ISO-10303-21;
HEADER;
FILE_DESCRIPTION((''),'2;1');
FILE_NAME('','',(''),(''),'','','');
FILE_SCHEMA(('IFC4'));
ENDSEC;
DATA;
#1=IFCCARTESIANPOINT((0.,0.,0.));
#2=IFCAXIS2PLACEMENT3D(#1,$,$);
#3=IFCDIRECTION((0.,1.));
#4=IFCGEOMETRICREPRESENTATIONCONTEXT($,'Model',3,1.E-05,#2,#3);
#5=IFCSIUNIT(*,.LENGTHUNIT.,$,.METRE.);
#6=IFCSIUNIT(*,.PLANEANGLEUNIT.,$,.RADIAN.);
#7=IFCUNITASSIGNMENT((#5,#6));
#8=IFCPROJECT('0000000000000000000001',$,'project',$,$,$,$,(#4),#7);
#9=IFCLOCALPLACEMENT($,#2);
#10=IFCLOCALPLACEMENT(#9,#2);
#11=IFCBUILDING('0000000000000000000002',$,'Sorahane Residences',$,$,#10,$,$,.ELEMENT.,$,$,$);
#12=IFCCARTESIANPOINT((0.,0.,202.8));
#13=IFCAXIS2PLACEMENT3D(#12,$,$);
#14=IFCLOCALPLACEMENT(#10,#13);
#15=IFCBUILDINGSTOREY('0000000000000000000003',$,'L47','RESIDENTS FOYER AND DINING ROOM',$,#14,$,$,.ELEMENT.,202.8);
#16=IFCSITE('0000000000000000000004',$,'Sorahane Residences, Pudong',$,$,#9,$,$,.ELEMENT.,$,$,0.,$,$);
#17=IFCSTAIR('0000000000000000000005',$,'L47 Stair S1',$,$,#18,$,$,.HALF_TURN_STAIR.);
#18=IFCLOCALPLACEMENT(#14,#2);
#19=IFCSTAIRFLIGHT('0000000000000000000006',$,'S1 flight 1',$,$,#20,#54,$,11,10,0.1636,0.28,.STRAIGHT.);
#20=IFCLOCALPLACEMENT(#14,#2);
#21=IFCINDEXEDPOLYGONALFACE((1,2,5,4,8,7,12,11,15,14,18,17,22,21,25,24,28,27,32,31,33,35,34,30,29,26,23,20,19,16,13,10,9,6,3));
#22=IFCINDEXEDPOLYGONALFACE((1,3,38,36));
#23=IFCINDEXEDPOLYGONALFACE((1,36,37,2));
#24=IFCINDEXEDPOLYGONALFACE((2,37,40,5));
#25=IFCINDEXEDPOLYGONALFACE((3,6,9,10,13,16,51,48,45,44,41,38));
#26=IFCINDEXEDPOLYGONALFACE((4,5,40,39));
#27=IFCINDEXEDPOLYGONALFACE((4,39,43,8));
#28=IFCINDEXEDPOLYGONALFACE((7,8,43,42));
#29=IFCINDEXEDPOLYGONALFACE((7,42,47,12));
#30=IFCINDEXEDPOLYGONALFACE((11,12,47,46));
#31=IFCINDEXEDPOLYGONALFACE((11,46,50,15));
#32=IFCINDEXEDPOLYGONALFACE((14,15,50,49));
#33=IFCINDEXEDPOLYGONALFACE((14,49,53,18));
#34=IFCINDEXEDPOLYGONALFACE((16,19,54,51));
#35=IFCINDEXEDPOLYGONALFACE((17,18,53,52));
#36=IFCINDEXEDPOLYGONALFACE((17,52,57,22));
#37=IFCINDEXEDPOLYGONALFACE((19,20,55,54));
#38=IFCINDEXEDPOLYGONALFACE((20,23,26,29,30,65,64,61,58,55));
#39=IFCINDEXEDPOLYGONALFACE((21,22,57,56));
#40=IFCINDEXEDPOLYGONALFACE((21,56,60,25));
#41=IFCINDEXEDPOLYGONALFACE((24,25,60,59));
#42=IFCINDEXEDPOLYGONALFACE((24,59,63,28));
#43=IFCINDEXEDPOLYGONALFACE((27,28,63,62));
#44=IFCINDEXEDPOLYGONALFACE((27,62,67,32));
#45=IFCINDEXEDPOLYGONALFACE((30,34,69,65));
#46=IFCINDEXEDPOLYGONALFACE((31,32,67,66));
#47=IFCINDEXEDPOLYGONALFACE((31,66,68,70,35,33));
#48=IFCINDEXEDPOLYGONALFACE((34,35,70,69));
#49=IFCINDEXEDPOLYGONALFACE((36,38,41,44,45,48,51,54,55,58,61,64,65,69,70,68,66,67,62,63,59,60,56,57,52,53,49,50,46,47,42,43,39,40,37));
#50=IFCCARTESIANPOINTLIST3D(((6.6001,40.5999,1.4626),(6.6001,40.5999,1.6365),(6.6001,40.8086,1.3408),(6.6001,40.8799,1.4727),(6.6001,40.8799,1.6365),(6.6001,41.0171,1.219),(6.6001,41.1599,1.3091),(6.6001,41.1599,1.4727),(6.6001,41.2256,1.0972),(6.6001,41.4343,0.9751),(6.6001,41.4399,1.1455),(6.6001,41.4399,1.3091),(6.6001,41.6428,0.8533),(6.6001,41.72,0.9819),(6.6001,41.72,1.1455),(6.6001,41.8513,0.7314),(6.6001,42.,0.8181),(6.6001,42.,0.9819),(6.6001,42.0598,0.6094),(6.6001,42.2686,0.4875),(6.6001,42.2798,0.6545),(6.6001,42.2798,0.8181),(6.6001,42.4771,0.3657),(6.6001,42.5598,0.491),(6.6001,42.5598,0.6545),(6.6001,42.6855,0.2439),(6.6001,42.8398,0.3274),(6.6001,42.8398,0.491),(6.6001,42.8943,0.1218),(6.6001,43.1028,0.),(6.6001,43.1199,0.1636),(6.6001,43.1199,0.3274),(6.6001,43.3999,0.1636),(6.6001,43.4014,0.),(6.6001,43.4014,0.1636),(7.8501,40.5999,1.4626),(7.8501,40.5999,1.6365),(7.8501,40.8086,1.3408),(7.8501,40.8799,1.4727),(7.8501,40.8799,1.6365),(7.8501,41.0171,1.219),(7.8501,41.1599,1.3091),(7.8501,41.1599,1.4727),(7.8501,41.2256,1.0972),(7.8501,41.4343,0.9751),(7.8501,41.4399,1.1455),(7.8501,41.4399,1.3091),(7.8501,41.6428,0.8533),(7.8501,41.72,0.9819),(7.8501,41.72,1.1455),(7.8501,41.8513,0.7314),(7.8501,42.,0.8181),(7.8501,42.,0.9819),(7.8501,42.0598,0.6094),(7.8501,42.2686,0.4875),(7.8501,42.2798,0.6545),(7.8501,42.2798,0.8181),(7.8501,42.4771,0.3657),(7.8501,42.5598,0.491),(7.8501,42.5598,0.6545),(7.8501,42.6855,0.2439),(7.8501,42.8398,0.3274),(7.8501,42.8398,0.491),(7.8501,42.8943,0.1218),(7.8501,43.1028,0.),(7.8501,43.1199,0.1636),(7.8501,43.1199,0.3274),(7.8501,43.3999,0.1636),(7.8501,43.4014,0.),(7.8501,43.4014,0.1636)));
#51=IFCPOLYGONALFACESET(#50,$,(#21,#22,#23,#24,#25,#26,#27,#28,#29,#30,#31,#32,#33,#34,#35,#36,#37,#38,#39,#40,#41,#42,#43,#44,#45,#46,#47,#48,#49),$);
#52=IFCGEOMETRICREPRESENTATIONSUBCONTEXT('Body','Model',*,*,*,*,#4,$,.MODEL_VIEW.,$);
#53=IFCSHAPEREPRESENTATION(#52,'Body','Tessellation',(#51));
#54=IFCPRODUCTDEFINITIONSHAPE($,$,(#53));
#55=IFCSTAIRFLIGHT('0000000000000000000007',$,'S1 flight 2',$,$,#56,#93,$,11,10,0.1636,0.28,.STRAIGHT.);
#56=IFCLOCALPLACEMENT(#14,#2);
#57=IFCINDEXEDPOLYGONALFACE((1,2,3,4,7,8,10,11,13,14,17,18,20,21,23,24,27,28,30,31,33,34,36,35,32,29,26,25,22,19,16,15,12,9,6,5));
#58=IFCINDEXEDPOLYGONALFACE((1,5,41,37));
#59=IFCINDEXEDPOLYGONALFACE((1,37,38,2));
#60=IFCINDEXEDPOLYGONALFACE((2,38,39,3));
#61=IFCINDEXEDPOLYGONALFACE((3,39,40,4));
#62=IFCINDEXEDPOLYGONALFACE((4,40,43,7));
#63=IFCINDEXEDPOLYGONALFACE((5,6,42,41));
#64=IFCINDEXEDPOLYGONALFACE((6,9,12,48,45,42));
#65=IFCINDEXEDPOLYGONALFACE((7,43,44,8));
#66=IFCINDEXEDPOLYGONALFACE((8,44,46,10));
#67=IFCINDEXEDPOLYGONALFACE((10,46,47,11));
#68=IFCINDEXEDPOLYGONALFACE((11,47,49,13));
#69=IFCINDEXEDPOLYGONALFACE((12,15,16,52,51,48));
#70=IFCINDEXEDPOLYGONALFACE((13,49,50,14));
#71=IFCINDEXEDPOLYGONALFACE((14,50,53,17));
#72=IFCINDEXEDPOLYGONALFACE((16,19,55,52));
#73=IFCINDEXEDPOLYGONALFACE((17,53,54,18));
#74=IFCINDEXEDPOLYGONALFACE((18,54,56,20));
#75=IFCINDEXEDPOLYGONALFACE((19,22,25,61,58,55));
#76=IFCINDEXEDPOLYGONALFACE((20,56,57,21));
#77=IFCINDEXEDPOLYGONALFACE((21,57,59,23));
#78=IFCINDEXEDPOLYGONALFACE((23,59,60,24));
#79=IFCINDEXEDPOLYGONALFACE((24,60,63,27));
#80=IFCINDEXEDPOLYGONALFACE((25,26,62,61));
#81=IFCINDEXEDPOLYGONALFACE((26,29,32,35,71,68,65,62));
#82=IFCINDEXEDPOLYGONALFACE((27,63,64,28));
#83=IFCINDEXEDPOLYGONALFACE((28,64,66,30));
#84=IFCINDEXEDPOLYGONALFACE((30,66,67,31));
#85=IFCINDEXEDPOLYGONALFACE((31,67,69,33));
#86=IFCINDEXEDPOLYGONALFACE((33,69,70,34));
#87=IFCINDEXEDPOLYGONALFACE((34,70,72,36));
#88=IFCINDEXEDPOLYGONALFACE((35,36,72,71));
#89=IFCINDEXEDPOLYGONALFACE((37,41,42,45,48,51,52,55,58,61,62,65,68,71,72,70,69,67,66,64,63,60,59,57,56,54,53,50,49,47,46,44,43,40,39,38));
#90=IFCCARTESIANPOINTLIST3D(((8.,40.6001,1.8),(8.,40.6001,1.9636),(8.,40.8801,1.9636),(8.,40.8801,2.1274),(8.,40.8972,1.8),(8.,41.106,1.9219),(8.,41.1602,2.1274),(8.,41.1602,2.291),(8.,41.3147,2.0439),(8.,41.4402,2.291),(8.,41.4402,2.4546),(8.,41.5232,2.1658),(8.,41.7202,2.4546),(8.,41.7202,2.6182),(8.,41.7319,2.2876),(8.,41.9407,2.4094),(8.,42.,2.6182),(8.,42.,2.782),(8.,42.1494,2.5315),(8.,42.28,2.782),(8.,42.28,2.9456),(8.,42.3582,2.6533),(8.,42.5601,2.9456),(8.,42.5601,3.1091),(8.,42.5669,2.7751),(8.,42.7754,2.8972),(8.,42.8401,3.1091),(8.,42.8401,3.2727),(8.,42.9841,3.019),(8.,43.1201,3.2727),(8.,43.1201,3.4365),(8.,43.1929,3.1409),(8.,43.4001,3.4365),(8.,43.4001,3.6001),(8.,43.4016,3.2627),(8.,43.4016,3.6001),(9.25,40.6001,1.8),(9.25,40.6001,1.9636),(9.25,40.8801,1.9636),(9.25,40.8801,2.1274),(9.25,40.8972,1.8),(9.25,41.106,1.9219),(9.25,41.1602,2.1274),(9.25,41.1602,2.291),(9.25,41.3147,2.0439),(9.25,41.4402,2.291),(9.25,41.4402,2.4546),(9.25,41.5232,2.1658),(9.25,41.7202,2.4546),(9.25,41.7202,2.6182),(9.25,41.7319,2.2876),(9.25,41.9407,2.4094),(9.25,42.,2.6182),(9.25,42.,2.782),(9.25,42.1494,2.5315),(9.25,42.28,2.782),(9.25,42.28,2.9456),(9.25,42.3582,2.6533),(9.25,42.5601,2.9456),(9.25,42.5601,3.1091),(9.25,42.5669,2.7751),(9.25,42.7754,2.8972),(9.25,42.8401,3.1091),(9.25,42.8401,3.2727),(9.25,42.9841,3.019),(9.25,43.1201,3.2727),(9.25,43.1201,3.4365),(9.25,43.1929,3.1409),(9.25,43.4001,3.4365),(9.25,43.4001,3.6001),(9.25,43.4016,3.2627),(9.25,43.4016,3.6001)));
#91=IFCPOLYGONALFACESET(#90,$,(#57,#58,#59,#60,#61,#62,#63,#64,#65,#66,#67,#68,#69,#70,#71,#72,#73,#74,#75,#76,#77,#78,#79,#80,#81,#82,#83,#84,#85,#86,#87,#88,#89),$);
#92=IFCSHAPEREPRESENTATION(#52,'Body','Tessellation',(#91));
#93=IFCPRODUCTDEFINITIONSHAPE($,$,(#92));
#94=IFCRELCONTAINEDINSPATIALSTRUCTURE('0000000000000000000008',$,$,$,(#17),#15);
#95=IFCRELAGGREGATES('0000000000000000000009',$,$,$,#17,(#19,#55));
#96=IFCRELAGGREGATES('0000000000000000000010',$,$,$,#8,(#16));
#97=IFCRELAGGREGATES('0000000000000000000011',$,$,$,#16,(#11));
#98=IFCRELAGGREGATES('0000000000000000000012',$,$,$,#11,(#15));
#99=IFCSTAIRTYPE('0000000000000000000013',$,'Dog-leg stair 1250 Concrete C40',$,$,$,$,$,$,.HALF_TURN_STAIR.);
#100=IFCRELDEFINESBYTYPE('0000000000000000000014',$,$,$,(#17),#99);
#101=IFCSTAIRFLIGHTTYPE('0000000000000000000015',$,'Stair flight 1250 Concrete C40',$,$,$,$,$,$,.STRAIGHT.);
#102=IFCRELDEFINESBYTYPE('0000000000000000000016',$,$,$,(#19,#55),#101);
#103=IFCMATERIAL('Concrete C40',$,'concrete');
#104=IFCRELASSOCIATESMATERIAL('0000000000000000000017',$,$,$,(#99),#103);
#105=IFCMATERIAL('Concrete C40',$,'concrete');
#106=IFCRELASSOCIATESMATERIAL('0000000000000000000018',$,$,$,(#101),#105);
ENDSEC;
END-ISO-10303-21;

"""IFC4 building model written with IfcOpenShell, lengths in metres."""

from ifc_helpers import new_model, si_unit, direction, frame, origin, place, context, subcontext, project, spatial, polyline, outline, extrude, material, type_object, element, aggregate, save


model = new_model("IFC4")

# Units and contexts
model_context = context("Model", 3, precision=1e-05, world=origin(), true_north=direction((0.0, 1.0)))
body_context = subcontext(model_context, "Body", "Model", "MODEL_VIEW")
ifc_project = project(units=[si_unit("LENGTHUNIT", "METRE"), si_unit("PLANEANGLEUNIT", "RADIAN")], contexts=[model_context])

# Site, building, storey
site_placement = place(None, origin())
site = spatial("IfcSite", under=ifc_project, at=site_placement, Name="Sorahane Residences, Pudong", CompositionType="ELEMENT", RefElevation=0.0)
building_placement = place(site_placement, origin())
building = spatial("IfcBuilding", under=site, at=building_placement, Name="Sorahane Residences", CompositionType="ELEMENT")
storey_placement = place(building_placement, frame((0.0, 0.0, 202.8)))
storey = spatial("IfcBuildingStorey", under=building, at=storey_placement, Name="L47", Description="RESIDENTS FOYER AND DINING ROOM", CompositionType="ELEMENT", Elevation=202.8)

# Stair, stair flights
ifc_material_1 = material(Name="Concrete C40", Category="concrete")
stair_type = type_object("IfcStairType", Name="Dog-leg stair 1250 Concrete C40", PredefinedType="HALF_TURN_STAIR", material=ifc_material_1)
stair_placement = place(storey_placement, origin())
stair = element("IfcStair", 1, at=stair_placement, inside=storey, type_object=stair_type, Name="L47 Stair S1", PredefinedType="HALF_TURN_STAIR")
ifc_material_2 = material(Name="Concrete C40", Category="concrete")
stair_flight_type = type_object("IfcStairFlightType", Name="Stair flight 1250 Concrete C40", PredefinedType="STRAIGHT", material=ifc_material_2)
stair_flight_1_placement = place(storey_placement, frame((7.2251, 43.3999, 0.0), z_axis=(0.0, 0.0, 1.0), x_axis=(0.0, -1.0, 0.0)))
stair_flight_1 = element("IfcStairFlight", 2, at=stair_flight_1_placement, type_object=stair_flight_type, Name="S1 flight 1", NumberOfRisers=11, NumberOfTreads=10, PredefinedType="STRAIGHT", RiserHeight=0.1636, TreadLength=0.28, context=body_context, shape_type="SweptSolid", body=[
    extrude(outline(polyline([(-0.0015, 0.0), (-0.0015, 0.1636), (0.0, 0.1636), (0.28, 0.1636), (0.28, 0.3274), (0.5601, 0.3274), (0.5601, 0.491), (0.8401, 0.491), (0.8401, 0.6545), (1.1201, 0.6545), (1.1201, 0.8181), (1.3999, 0.8181), (1.3999, 0.9819), (1.6799, 0.9819), (1.6799, 1.1455), (1.96, 1.1455), (1.96, 1.3091), (2.24, 1.3091), (2.24, 1.4727), (2.52, 1.4727), (2.52, 1.6365), (2.8, 1.6365), (2.8, 1.8), (2.8, 1.4626), (2.5913, 1.3408), (2.3828, 1.219), (2.1743, 1.0972), (1.9656, 0.9751), (1.7571, 0.8533), (1.5486, 0.7314), (1.3401, 0.6094), (1.1313, 0.4875), (0.9229, 0.3657), (0.7144, 0.2439), (0.5056, 0.1218), (0.2971, 0.0), (-0.0015, 0.0)])), frame((0.0, 0.625, 0.0), z_axis=(0.0, -1.0, 0.0), x_axis=(1.0, 0.0, 0.0)), (0.0, 0.0, 1.0), 1.25),
])
stair_flight_2_placement = place(storey_placement, frame((8.625, 40.6001, 1.8), z_axis=(0.0, 0.0, 1.0), x_axis=(0.0, 1.0, 0.0)))
stair_flight_2 = element("IfcStairFlight", 3, at=stair_flight_2_placement, type_object=stair_flight_type, Name="S1 flight 2", NumberOfRisers=11, NumberOfTreads=10, PredefinedType="STRAIGHT", RiserHeight=0.1636, TreadLength=0.28, context=body_context, shape_type="SweptSolid", body=[
    extrude(outline(polyline([(0.0, 0.0), (0.0, 0.1636), (0.28, 0.1636), (0.28, 0.3274), (0.5601, 0.3274), (0.5601, 0.491), (0.8401, 0.491), (0.8401, 0.6545), (1.1201, 0.6545), (1.1201, 0.8181), (1.3999, 0.8181), (1.3999, 0.9819), (1.6799, 0.9819), (1.6799, 1.1455), (1.96, 1.1455), (1.96, 1.3091), (2.24, 1.3091), (2.24, 1.4727), (2.52, 1.4727), (2.52, 1.6365), (2.8, 1.6365), (2.8, 1.8), (2.8015, 1.8), (2.8015, 1.4626), (2.5928, 1.3408), (2.384, 1.219), (2.1753, 1.0972), (1.9668, 0.9751), (1.7581, 0.8533), (1.5493, 0.7314), (1.3406, 0.6094), (1.1318, 0.4875), (0.9231, 0.3657), (0.7146, 0.2439), (0.5059, 0.1218), (0.2971, 0.0), (0.0, 0.0)])), frame((0.0, 0.625, 0.0), z_axis=(0.0, -1.0, 0.0), x_axis=(1.0, 0.0, 0.0)), (0.0, 0.0, 1.0), 1.25),
])
aggregate(stair, [stair_flight_1, stair_flight_2])

save(model, "model.ifc")
